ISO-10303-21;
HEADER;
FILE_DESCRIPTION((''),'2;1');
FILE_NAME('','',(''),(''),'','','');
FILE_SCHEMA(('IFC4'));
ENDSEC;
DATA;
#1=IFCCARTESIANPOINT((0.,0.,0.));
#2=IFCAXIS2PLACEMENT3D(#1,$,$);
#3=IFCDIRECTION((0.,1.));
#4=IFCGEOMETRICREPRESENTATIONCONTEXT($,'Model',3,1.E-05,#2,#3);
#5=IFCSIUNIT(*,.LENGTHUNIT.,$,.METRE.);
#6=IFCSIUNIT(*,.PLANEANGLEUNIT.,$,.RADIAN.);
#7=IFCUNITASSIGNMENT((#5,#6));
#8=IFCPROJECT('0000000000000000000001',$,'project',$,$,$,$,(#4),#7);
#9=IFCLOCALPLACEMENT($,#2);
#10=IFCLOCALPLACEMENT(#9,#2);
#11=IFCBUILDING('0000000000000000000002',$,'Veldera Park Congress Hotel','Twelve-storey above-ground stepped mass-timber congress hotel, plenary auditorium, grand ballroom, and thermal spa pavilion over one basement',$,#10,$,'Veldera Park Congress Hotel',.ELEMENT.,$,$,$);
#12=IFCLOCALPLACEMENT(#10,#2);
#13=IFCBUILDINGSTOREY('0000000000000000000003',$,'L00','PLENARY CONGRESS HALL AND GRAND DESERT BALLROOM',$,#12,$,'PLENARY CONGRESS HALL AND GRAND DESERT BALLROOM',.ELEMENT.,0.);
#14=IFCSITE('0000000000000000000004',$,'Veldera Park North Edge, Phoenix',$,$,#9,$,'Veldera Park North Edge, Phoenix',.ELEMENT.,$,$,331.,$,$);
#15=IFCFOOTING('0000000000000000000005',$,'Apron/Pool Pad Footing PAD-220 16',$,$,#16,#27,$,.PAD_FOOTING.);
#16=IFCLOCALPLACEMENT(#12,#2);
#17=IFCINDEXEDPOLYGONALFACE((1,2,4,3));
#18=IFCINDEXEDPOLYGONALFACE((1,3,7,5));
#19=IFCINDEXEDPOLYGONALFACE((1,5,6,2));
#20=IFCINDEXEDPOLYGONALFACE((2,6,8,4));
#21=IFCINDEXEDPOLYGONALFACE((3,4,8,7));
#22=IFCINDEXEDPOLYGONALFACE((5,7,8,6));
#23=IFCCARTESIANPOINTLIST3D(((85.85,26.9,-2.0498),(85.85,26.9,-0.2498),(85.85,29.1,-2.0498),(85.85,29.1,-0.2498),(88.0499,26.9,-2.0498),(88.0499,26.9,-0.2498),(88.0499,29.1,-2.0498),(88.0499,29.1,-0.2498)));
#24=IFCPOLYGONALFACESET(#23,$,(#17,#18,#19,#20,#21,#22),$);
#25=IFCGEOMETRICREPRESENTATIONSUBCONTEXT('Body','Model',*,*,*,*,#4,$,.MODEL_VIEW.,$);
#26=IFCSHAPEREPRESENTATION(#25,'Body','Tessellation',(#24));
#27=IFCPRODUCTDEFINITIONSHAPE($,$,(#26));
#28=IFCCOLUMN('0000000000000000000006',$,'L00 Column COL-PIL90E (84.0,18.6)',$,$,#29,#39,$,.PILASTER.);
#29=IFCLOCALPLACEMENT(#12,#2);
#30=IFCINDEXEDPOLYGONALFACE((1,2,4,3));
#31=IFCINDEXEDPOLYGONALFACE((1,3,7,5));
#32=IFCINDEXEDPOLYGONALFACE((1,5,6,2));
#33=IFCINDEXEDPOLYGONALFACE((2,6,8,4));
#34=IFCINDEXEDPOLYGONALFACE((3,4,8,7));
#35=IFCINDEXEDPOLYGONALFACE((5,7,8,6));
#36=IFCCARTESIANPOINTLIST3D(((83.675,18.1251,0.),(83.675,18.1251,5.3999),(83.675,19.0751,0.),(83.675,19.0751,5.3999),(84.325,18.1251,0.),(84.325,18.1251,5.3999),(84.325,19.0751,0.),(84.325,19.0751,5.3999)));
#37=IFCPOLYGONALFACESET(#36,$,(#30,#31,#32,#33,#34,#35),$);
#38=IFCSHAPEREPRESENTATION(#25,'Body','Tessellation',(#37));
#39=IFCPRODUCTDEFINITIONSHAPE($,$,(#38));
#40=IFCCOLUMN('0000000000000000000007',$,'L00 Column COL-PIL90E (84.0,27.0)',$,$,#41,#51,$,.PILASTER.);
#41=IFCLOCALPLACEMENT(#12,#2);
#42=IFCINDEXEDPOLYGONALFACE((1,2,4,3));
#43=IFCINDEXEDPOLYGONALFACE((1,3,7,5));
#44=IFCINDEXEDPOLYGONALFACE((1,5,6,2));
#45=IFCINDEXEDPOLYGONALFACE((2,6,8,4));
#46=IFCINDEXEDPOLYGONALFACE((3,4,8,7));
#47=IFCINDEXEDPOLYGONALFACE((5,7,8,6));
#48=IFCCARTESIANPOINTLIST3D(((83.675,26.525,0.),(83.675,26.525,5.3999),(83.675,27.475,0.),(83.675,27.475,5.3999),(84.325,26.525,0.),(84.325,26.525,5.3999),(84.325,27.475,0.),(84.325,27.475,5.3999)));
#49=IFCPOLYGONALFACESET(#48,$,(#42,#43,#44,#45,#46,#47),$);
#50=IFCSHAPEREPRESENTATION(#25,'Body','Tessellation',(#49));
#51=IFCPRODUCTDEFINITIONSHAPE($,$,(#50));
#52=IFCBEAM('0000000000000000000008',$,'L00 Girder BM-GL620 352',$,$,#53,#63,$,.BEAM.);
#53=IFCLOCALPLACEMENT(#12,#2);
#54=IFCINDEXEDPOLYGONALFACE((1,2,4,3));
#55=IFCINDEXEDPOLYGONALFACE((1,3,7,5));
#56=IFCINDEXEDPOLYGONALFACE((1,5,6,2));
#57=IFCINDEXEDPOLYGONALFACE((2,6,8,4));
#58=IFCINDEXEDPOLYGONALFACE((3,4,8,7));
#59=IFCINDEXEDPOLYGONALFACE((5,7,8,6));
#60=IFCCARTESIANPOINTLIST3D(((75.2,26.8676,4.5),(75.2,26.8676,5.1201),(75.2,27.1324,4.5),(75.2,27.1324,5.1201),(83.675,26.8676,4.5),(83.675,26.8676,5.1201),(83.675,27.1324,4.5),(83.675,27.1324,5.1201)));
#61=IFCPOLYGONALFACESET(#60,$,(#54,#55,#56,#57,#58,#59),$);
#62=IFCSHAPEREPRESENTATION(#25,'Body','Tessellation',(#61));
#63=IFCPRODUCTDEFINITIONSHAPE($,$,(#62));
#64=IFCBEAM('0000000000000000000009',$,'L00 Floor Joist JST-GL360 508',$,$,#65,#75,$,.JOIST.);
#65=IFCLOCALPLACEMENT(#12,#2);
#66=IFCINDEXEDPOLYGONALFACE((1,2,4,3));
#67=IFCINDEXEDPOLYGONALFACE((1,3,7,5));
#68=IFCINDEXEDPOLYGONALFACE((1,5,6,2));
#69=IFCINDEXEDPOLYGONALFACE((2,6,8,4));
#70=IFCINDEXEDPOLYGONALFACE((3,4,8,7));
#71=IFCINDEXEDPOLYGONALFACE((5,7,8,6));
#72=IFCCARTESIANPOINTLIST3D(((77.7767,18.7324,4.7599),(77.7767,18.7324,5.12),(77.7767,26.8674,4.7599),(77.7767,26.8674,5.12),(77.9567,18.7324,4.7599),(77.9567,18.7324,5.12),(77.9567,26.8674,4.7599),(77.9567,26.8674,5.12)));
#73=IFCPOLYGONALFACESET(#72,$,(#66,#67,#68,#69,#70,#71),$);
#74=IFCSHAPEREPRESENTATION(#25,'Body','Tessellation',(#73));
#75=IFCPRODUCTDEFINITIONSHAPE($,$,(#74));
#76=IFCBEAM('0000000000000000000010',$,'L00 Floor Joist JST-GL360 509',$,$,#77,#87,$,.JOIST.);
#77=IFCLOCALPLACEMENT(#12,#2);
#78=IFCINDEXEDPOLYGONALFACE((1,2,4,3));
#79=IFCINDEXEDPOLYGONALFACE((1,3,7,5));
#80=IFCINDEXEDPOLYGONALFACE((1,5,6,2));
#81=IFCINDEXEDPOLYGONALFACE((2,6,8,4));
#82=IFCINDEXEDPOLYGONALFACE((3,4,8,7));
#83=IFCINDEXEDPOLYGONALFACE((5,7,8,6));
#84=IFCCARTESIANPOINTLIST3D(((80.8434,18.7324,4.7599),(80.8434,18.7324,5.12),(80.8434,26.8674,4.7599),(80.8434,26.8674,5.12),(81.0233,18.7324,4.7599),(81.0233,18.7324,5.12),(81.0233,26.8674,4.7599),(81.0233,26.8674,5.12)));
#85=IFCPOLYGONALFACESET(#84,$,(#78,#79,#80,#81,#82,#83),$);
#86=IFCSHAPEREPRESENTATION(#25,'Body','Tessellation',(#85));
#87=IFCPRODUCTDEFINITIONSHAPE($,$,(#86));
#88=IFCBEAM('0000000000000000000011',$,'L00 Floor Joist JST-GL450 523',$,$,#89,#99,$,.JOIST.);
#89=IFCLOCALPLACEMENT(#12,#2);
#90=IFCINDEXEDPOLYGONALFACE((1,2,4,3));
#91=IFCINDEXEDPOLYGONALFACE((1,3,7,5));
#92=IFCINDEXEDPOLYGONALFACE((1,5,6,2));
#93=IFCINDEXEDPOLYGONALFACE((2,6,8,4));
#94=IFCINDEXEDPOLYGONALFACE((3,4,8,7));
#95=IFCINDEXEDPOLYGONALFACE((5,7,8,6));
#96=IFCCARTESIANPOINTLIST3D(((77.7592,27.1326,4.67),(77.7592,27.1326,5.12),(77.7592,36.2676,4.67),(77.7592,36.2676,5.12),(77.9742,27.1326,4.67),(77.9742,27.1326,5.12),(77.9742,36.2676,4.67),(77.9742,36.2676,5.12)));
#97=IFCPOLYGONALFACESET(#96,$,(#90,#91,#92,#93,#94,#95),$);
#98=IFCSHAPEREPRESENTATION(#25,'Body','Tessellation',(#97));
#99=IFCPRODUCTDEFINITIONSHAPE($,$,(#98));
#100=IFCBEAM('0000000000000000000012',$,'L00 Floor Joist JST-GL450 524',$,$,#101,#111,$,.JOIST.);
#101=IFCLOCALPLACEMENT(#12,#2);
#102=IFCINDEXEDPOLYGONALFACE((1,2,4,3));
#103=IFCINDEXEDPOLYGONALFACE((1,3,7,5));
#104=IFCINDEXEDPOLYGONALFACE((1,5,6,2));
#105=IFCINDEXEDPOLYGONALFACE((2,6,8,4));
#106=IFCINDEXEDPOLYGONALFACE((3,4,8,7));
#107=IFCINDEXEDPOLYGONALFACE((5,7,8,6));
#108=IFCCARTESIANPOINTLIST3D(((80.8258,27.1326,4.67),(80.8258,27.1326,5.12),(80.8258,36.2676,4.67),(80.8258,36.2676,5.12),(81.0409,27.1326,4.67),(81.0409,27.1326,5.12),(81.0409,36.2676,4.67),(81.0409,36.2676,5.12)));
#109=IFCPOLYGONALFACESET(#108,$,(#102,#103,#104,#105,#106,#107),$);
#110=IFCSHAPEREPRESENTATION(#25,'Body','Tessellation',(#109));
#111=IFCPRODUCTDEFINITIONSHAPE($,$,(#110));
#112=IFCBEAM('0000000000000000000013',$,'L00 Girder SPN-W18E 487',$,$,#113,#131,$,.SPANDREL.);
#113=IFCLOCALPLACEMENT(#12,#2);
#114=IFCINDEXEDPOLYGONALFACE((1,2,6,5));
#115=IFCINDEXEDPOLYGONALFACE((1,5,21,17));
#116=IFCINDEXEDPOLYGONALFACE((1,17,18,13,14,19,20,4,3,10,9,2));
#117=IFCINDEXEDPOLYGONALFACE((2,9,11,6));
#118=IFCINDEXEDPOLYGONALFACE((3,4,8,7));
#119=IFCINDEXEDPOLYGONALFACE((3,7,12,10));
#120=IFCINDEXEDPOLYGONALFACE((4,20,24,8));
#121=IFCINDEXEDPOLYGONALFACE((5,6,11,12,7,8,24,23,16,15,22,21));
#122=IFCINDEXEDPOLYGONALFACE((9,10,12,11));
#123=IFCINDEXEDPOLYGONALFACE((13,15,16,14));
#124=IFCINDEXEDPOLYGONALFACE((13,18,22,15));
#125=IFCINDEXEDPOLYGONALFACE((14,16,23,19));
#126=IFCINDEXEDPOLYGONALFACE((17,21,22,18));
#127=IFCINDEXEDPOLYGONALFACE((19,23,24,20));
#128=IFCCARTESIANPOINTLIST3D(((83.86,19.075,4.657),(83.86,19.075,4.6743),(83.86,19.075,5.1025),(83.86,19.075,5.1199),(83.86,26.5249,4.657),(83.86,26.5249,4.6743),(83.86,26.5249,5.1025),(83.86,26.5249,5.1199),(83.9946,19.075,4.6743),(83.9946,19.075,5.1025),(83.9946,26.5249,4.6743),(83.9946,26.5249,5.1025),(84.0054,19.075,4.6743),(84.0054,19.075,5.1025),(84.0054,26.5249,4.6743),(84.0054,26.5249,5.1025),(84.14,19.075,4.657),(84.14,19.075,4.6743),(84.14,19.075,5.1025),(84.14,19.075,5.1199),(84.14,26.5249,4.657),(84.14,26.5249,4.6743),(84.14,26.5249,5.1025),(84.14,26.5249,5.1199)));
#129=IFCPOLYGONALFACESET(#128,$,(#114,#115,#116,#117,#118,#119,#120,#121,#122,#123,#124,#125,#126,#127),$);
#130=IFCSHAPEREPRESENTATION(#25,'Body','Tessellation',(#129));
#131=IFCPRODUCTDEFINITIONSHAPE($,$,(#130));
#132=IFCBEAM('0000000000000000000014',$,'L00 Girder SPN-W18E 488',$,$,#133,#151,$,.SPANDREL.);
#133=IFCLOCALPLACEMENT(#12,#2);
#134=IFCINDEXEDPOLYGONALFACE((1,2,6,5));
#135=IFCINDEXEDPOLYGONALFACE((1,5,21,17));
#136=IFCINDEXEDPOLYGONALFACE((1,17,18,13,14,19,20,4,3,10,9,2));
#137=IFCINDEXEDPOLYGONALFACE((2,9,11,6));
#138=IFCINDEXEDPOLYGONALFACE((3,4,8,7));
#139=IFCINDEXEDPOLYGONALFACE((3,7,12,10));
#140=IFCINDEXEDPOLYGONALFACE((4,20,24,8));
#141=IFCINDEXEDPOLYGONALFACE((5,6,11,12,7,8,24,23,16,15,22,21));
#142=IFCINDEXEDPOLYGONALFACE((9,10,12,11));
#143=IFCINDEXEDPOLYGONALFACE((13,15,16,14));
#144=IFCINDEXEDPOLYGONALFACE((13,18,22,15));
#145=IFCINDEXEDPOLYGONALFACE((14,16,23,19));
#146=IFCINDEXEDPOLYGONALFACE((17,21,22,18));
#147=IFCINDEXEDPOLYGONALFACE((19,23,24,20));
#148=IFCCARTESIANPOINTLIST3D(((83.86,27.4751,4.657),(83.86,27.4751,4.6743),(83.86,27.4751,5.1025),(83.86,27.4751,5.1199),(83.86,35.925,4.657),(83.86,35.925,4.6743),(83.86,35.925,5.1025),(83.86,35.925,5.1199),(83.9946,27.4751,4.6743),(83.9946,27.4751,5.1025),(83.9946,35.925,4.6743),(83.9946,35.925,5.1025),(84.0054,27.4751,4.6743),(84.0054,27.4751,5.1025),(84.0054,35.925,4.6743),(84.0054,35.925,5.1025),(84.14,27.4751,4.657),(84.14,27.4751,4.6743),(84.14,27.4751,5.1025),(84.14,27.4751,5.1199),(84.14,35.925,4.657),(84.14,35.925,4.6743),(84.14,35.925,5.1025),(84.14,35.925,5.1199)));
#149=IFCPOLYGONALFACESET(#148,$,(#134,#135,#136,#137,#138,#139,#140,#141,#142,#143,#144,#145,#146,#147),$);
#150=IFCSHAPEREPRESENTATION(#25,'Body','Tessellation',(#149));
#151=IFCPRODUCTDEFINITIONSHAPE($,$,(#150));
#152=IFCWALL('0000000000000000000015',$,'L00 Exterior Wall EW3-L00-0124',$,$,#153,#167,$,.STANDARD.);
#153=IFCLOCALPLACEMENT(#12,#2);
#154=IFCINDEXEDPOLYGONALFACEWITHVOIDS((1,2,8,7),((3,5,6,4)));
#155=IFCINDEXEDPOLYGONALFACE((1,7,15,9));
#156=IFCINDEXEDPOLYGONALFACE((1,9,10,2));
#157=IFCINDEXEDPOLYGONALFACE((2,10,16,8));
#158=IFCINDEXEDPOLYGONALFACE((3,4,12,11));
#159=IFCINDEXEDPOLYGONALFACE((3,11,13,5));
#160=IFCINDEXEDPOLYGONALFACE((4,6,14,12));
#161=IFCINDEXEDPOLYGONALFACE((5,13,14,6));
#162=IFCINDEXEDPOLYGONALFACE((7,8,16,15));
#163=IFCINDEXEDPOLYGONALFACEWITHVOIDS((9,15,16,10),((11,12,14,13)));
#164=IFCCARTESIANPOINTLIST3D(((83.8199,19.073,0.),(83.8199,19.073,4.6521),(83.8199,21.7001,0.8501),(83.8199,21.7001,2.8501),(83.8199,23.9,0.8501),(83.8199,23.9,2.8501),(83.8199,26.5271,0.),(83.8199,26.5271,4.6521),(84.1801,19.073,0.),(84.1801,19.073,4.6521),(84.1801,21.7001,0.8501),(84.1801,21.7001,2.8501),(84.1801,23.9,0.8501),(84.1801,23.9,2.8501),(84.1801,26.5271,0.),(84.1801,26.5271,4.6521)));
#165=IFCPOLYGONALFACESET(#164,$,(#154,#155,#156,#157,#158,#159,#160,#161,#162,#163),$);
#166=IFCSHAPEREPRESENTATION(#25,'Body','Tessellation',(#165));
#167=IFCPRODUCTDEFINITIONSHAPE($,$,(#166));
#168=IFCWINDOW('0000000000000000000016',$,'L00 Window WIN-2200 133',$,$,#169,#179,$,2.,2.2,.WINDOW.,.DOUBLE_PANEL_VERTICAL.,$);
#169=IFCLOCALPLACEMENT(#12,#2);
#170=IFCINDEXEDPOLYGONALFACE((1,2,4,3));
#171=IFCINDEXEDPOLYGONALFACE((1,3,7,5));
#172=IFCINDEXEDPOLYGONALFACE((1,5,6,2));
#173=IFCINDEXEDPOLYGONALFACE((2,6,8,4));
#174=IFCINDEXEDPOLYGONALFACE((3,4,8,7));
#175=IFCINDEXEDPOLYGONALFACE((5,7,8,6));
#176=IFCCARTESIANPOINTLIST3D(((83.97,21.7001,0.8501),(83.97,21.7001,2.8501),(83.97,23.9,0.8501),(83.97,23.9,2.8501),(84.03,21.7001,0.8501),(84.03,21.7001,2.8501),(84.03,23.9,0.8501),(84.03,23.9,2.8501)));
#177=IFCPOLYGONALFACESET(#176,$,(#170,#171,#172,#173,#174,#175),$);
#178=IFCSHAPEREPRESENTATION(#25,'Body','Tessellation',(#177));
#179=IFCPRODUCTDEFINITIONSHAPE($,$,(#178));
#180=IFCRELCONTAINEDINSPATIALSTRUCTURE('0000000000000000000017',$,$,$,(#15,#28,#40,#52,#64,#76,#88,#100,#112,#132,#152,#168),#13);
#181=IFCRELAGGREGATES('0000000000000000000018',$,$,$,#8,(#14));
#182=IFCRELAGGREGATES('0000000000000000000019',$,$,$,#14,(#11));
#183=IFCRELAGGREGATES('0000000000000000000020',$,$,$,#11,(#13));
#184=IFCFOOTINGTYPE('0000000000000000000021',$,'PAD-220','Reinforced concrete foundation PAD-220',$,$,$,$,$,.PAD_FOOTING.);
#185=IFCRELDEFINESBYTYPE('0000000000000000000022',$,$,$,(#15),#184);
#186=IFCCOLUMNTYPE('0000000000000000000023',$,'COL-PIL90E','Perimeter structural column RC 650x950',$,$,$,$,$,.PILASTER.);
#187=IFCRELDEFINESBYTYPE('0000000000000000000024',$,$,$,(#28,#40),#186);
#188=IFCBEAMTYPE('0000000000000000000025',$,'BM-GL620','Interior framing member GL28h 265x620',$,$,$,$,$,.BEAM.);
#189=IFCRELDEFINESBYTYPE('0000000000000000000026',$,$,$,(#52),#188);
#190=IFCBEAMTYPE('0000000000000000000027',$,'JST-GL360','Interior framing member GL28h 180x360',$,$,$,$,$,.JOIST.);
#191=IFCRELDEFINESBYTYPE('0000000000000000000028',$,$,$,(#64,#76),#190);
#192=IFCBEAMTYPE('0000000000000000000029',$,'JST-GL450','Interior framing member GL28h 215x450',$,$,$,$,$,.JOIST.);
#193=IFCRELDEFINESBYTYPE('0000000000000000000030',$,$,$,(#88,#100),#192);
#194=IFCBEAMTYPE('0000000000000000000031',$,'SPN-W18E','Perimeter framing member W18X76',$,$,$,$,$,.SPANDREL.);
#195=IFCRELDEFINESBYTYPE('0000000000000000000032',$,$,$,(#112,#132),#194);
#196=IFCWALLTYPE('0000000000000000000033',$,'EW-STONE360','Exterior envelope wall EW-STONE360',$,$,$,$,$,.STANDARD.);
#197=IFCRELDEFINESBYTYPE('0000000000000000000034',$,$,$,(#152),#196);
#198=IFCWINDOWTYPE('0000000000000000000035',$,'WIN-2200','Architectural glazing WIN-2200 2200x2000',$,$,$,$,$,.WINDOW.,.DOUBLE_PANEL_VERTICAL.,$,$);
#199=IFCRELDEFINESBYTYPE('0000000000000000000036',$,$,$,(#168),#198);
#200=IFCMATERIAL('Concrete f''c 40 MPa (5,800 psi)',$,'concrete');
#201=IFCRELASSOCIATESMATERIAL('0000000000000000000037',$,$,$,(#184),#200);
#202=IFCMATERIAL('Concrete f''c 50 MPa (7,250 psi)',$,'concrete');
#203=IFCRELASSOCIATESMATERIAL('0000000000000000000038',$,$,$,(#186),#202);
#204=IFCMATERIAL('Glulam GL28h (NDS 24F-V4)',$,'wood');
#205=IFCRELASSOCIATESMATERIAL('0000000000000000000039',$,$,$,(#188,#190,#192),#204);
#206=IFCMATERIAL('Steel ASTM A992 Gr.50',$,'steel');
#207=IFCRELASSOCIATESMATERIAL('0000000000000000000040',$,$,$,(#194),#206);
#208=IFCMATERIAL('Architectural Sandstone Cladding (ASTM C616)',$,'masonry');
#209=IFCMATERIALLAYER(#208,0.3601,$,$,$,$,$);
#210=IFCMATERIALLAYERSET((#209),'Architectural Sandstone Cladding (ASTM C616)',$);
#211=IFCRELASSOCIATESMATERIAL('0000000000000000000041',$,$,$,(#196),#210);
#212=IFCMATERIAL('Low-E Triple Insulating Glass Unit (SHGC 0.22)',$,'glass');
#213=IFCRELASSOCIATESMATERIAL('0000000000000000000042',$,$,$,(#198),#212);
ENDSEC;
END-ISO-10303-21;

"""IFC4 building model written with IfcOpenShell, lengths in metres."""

from ifc_helpers import new_model, si_unit, direction, frame, frame_2d, origin, origin_2d, place, context, subcontext, project, spatial, rectangle, i_section, extrude, material, layer, layer_set, material_profile, profile_set, type_object, element, fill, save


model = new_model("IFC4")

# Units and contexts
model_context = context("Model", 3, precision=1e-05, world=origin(), true_north=direction((0.0, 1.0)))
body_context = subcontext(model_context, "Body", "Model", "MODEL_VIEW")
ifc_project = project(units=[si_unit("LENGTHUNIT", "METRE"), si_unit("PLANEANGLEUNIT", "RADIAN")], contexts=[model_context])

# Site, building, storey
site_placement = place(None, origin())
site = spatial("IfcSite", under=ifc_project, at=site_placement, Name="Veldera Park North Edge, Phoenix", LongName="Veldera Park North Edge, Phoenix", CompositionType="ELEMENT", RefElevation=331.0)
building_placement = place(site_placement, origin())
building = spatial("IfcBuilding", under=site, at=building_placement, Name="Veldera Park Congress Hotel", Description="Twelve-storey above-ground stepped mass-timber congress hotel, plenary auditorium, grand ballroom, and thermal spa pavilion over one basement", LongName="Veldera Park Congress Hotel", CompositionType="ELEMENT")
storey_placement = place(building_placement, origin())
storey = spatial("IfcBuildingStorey", under=building, at=storey_placement, Name="L00", Description="PLENARY CONGRESS HALL AND GRAND DESERT BALLROOM", LongName="PLENARY CONGRESS HALL AND GRAND DESERT BALLROOM", CompositionType="ELEMENT", Elevation=0.0)

# Footing
ifc_material_1 = material(Name="Concrete f'c 40 MPa (5,800 psi)", Category="concrete")
footing_type = type_object("IfcFootingType", Name="PAD-220", Description="Reinforced concrete foundation PAD-220", PredefinedType="PAD_FOOTING", material=ifc_material_1)
footing_placement = place(storey_placement, frame((86.95, 28.0, -2.0498), z_axis=(0.0, 0.0, 1.0), x_axis=(1.0, 0.0, 0.0)))
element("IfcFooting", 1, at=footing_placement, inside=storey, type_object=footing_type, Name="Apron/Pool Pad Footing PAD-220 16", PredefinedType="PAD_FOOTING", context=body_context, shape_type="SweptSolid", body=[
    extrude(rectangle(XDim=2.2, YDim=2.2, at=origin_2d()), origin(), (0.0, 0.0, 1.0), 1.8),
])

# Columns
ifc_material_2 = material(Name="Concrete f'c 50 MPa (7,250 psi)", Category="concrete")
ifc_material_profile_1 = material_profile(ifc_material_2, rectangle(XDim=0.6499, YDim=0.95, at=origin_2d()), Name="RC 650x950")
ifc_profile_set_1 = profile_set([ifc_material_profile_1], Name="Concrete f'c 50 MPa (7,250 psi)")
column_type = type_object("IfcColumnType", Name="COL-PIL90E", Description="Perimeter structural column RC 650x950", PredefinedType="PILASTER", material=ifc_profile_set_1)
for number, where, z_axis, x_axis, name in (
    (2, (84.0, 18.6001, 0.0), (0.0, 0.0, 1.0), (1.0, 0.0, 0.0), "L00 Column COL-PIL90E (84.0,18.6)"),
    (3, (84.0, 27.0, 0.0), (0.0, 0.0, 1.0), (1.0, 0.0, 0.0), "L00 Column COL-PIL90E (84.0,27.0)"),
):
    element("IfcColumn", number, at=place(storey_placement, frame(where, z_axis=z_axis, x_axis=x_axis)), inside=storey, type_object=column_type, Name=name, PredefinedType="PILASTER", context=body_context, shape_type="SweptSolid", body=[
        extrude(rectangle(XDim=0.6499, YDim=0.95, at=origin_2d()), origin(), (0.0, 0.0, 1.0), 5.3999),
    ])

# Beams
ifc_material_3 = material(Name="Glulam GL28h (NDS 24F-V4)", Category="wood")
ifc_material_profile_2 = material_profile(ifc_material_3, rectangle(XDim=0.2649, YDim=0.6201, at=origin_2d()), Name="GL28h 265x620")
ifc_profile_set_2 = profile_set([ifc_material_profile_2], Name="Glulam GL28h (NDS 24F-V4)")
beam_type_1 = type_object("IfcBeamType", Name="BM-GL620", Description="Interior framing member GL28h 265x620", PredefinedType="BEAM", material=ifc_profile_set_2)
beam_1_placement = place(storey_placement, frame((75.2, 27.0, 4.8101), z_axis=(1.0, 0.0, 0.0), x_axis=(0.0, 1.0, 0.0)))
element("IfcBeam", 4, at=beam_1_placement, inside=storey, type_object=beam_type_1, Name="L00 Girder BM-GL620 352", PredefinedType="BEAM", context=body_context, shape_type="SweptSolid", body=[
    extrude(rectangle(XDim=0.2649, YDim=0.6201, at=origin_2d()), origin(), (0.0, 0.0, 1.0), 8.4751),
])
ifc_material_profile_3 = material_profile(ifc_material_3, rectangle(XDim=0.1799, YDim=0.3601, at=origin_2d()), Name="GL28h 180x360")
ifc_profile_set_3 = profile_set([ifc_material_profile_3], Name="Glulam GL28h (NDS 24F-V4)")
beam_type_2 = type_object("IfcBeamType", Name="JST-GL360", Description="Interior framing member GL28h 180x360", PredefinedType="JOIST", material=ifc_profile_set_3)
for number, where, z_axis, x_axis, name in (
    (5, (77.8667, 18.7324, 4.9399), (0.0, 1.0, 0.0), (-1.0, 0.0, 0.0), "L00 Floor Joist JST-GL360 508"),
    (6, (80.9333, 18.7324, 4.9399), (0.0, 1.0, 0.0), (-1.0, 0.0, 0.0), "L00 Floor Joist JST-GL360 509"),
):
    element("IfcBeam", number, at=place(storey_placement, frame(where, z_axis=z_axis, x_axis=x_axis)), inside=storey, type_object=beam_type_2, Name=name, PredefinedType="JOIST", context=body_context, shape_type="SweptSolid", body=[
        extrude(rectangle(XDim=0.1799, YDim=0.3601, at=origin_2d()), origin(), (0.0, 0.0, 1.0), 8.135),
    ])
ifc_material_profile_4 = material_profile(ifc_material_3, rectangle(XDim=0.2151, YDim=0.45, at=origin_2d()), Name="GL28h 215x450")
ifc_profile_set_4 = profile_set([ifc_material_profile_4], Name="Glulam GL28h (NDS 24F-V4)")
beam_type_3 = type_object("IfcBeamType", Name="JST-GL450", Description="Interior framing member GL28h 215x450", PredefinedType="JOIST", material=ifc_profile_set_4)
for number, where, z_axis, x_axis, name in (
    (7, (77.8667, 27.1326, 4.895), (0.0, 1.0, 0.0), (-1.0, 0.0, 0.0), "L00 Floor Joist JST-GL450 523"),
    (8, (80.9333, 27.1326, 4.895), (0.0, 1.0, 0.0), (-1.0, 0.0, 0.0), "L00 Floor Joist JST-GL450 524"),
):
    element("IfcBeam", number, at=place(storey_placement, frame(where, z_axis=z_axis, x_axis=x_axis)), inside=storey, type_object=beam_type_3, Name=name, PredefinedType="JOIST", context=body_context, shape_type="SweptSolid", body=[
        extrude(rectangle(XDim=0.2151, YDim=0.45, at=origin_2d()), origin(), (0.0, 0.0, 1.0), 9.135),
    ])
ifc_material_4 = material(Name="Steel ASTM A992 Gr.50", Category="steel")
ifc_material_profile_5 = material_profile(ifc_material_4, i_section(OverallWidth=0.28, OverallDepth=0.4629, WebThickness=0.0107, FlangeThickness=0.0173, at=origin_2d()), Name="W18X76")
ifc_profile_set_5 = profile_set([ifc_material_profile_5], Name="Steel ASTM A992 Gr.50")
beam_type_4 = type_object("IfcBeamType", Name="SPN-W18E", Description="Perimeter framing member W18X76", PredefinedType="SPANDREL", material=ifc_profile_set_5)
beam_2_placement = place(storey_placement, frame((84.0, 19.075, 4.8884), z_axis=(0.0, 1.0, 0.0), x_axis=(-1.0, 0.0, 0.0)))
element("IfcBeam", 9, at=beam_2_placement, inside=storey, type_object=beam_type_4, Name="L00 Girder SPN-W18E 487", PredefinedType="SPANDREL", context=body_context, shape_type="SweptSolid", body=[
    extrude(i_section(OverallWidth=0.28, OverallDepth=0.4629, WebThickness=0.0107, FlangeThickness=0.0173, at=origin_2d()), origin(), (0.0, 0.0, 1.0), 7.45),
])
beam_3_placement = place(storey_placement, frame((84.0, 27.4751, 4.8884), z_axis=(0.0, 1.0, 0.0), x_axis=(-1.0, 0.0, 0.0)))
element("IfcBeam", 10, at=beam_3_placement, inside=storey, type_object=beam_type_4, Name="L00 Girder SPN-W18E 488", PredefinedType="SPANDREL", context=body_context, shape_type="SweptSolid", body=[
    extrude(i_section(OverallWidth=0.28, OverallDepth=0.4629, WebThickness=0.0107, FlangeThickness=0.0173, at=origin_2d()), origin(), (0.0, 0.0, 1.0), 8.45),
])

# Wall, opening, window
ifc_material_5 = material(Name="Architectural Sandstone Cladding (ASTM C616)", Category="masonry")
ifc_layer_1 = layer(ifc_material_5, 0.3601)
ifc_layer_set_1 = layer_set([ifc_layer_1], Name="Architectural Sandstone Cladding (ASTM C616)")
wall_type_1 = type_object("IfcWallType", Name="EW-STONE360", Description="Exterior envelope wall EW-STONE360", PredefinedType="STANDARD", material=ifc_layer_set_1)
wall_1_placement = place(storey_placement, frame((84.0, 19.073, 0.0), z_axis=(0.0, 0.0, 1.0), x_axis=(0.0, 1.0, 0.0)))
wall_1 = element("IfcWall", 11, at=wall_1_placement, inside=storey, type_object=wall_type_1, Name="L00 Exterior Wall EW3-L00-0124", PredefinedType="STANDARD", context=body_context, shape_type="SweptSolid", body=[
    extrude(rectangle(XDim=7.4541, YDim=0.3601, at=frame_2d((3.7271, 0.0))), origin(), (0.0, 0.0, 1.0), 4.6521),
])
opening_1_placement = place(wall_1_placement, frame((2.627, 0.0, 0.8501)))
opening_1 = element("IfcOpeningElement", 12, at=opening_1_placement, cuts=wall_1, PredefinedType="OPENING", context=body_context, shape_type="SweptSolid", body=[
    extrude(rectangle(XDim=2.2, YDim=2.0, at=frame_2d((1.1001, 1.0))), frame((0.0, 0.1921, 0.0), z_axis=(0.0, -1.0, 0.0), x_axis=(1.0, 0.0, 0.0)), (0.0, 0.0, 1.0), 0.384),
])
ifc_material_6 = material(Name="Low-E Triple Insulating Glass Unit (SHGC 0.22)", Category="glass")
window_type = type_object("IfcWindowType", Name="WIN-2200", Description="Architectural glazing WIN-2200 2200x2000", PartitioningType="DOUBLE_PANEL_VERTICAL", PredefinedType="WINDOW", material=ifc_material_6)
window_1_placement = place(opening_1_placement, origin())
window_1 = element("IfcWindow", 13, at=window_1_placement, inside=storey, type_object=window_type, Name="L00 Window WIN-2200 133", OverallHeight=2.0, OverallWidth=2.2, PartitioningType="DOUBLE_PANEL_VERTICAL", PredefinedType="WINDOW", context=body_context, shape_type="SweptSolid", body=[
    extrude(rectangle(XDim=2.2, YDim=2.0, at=frame_2d((1.1001, 1.0))), frame((0.0, 0.03, 0.0), z_axis=(0.0, -1.0, 0.0), x_axis=(1.0, 0.0, 0.0)), (0.0, 0.0, 1.0), 0.0601),
])
fill(opening_1, window_1)

save(model, "model.ifc")
